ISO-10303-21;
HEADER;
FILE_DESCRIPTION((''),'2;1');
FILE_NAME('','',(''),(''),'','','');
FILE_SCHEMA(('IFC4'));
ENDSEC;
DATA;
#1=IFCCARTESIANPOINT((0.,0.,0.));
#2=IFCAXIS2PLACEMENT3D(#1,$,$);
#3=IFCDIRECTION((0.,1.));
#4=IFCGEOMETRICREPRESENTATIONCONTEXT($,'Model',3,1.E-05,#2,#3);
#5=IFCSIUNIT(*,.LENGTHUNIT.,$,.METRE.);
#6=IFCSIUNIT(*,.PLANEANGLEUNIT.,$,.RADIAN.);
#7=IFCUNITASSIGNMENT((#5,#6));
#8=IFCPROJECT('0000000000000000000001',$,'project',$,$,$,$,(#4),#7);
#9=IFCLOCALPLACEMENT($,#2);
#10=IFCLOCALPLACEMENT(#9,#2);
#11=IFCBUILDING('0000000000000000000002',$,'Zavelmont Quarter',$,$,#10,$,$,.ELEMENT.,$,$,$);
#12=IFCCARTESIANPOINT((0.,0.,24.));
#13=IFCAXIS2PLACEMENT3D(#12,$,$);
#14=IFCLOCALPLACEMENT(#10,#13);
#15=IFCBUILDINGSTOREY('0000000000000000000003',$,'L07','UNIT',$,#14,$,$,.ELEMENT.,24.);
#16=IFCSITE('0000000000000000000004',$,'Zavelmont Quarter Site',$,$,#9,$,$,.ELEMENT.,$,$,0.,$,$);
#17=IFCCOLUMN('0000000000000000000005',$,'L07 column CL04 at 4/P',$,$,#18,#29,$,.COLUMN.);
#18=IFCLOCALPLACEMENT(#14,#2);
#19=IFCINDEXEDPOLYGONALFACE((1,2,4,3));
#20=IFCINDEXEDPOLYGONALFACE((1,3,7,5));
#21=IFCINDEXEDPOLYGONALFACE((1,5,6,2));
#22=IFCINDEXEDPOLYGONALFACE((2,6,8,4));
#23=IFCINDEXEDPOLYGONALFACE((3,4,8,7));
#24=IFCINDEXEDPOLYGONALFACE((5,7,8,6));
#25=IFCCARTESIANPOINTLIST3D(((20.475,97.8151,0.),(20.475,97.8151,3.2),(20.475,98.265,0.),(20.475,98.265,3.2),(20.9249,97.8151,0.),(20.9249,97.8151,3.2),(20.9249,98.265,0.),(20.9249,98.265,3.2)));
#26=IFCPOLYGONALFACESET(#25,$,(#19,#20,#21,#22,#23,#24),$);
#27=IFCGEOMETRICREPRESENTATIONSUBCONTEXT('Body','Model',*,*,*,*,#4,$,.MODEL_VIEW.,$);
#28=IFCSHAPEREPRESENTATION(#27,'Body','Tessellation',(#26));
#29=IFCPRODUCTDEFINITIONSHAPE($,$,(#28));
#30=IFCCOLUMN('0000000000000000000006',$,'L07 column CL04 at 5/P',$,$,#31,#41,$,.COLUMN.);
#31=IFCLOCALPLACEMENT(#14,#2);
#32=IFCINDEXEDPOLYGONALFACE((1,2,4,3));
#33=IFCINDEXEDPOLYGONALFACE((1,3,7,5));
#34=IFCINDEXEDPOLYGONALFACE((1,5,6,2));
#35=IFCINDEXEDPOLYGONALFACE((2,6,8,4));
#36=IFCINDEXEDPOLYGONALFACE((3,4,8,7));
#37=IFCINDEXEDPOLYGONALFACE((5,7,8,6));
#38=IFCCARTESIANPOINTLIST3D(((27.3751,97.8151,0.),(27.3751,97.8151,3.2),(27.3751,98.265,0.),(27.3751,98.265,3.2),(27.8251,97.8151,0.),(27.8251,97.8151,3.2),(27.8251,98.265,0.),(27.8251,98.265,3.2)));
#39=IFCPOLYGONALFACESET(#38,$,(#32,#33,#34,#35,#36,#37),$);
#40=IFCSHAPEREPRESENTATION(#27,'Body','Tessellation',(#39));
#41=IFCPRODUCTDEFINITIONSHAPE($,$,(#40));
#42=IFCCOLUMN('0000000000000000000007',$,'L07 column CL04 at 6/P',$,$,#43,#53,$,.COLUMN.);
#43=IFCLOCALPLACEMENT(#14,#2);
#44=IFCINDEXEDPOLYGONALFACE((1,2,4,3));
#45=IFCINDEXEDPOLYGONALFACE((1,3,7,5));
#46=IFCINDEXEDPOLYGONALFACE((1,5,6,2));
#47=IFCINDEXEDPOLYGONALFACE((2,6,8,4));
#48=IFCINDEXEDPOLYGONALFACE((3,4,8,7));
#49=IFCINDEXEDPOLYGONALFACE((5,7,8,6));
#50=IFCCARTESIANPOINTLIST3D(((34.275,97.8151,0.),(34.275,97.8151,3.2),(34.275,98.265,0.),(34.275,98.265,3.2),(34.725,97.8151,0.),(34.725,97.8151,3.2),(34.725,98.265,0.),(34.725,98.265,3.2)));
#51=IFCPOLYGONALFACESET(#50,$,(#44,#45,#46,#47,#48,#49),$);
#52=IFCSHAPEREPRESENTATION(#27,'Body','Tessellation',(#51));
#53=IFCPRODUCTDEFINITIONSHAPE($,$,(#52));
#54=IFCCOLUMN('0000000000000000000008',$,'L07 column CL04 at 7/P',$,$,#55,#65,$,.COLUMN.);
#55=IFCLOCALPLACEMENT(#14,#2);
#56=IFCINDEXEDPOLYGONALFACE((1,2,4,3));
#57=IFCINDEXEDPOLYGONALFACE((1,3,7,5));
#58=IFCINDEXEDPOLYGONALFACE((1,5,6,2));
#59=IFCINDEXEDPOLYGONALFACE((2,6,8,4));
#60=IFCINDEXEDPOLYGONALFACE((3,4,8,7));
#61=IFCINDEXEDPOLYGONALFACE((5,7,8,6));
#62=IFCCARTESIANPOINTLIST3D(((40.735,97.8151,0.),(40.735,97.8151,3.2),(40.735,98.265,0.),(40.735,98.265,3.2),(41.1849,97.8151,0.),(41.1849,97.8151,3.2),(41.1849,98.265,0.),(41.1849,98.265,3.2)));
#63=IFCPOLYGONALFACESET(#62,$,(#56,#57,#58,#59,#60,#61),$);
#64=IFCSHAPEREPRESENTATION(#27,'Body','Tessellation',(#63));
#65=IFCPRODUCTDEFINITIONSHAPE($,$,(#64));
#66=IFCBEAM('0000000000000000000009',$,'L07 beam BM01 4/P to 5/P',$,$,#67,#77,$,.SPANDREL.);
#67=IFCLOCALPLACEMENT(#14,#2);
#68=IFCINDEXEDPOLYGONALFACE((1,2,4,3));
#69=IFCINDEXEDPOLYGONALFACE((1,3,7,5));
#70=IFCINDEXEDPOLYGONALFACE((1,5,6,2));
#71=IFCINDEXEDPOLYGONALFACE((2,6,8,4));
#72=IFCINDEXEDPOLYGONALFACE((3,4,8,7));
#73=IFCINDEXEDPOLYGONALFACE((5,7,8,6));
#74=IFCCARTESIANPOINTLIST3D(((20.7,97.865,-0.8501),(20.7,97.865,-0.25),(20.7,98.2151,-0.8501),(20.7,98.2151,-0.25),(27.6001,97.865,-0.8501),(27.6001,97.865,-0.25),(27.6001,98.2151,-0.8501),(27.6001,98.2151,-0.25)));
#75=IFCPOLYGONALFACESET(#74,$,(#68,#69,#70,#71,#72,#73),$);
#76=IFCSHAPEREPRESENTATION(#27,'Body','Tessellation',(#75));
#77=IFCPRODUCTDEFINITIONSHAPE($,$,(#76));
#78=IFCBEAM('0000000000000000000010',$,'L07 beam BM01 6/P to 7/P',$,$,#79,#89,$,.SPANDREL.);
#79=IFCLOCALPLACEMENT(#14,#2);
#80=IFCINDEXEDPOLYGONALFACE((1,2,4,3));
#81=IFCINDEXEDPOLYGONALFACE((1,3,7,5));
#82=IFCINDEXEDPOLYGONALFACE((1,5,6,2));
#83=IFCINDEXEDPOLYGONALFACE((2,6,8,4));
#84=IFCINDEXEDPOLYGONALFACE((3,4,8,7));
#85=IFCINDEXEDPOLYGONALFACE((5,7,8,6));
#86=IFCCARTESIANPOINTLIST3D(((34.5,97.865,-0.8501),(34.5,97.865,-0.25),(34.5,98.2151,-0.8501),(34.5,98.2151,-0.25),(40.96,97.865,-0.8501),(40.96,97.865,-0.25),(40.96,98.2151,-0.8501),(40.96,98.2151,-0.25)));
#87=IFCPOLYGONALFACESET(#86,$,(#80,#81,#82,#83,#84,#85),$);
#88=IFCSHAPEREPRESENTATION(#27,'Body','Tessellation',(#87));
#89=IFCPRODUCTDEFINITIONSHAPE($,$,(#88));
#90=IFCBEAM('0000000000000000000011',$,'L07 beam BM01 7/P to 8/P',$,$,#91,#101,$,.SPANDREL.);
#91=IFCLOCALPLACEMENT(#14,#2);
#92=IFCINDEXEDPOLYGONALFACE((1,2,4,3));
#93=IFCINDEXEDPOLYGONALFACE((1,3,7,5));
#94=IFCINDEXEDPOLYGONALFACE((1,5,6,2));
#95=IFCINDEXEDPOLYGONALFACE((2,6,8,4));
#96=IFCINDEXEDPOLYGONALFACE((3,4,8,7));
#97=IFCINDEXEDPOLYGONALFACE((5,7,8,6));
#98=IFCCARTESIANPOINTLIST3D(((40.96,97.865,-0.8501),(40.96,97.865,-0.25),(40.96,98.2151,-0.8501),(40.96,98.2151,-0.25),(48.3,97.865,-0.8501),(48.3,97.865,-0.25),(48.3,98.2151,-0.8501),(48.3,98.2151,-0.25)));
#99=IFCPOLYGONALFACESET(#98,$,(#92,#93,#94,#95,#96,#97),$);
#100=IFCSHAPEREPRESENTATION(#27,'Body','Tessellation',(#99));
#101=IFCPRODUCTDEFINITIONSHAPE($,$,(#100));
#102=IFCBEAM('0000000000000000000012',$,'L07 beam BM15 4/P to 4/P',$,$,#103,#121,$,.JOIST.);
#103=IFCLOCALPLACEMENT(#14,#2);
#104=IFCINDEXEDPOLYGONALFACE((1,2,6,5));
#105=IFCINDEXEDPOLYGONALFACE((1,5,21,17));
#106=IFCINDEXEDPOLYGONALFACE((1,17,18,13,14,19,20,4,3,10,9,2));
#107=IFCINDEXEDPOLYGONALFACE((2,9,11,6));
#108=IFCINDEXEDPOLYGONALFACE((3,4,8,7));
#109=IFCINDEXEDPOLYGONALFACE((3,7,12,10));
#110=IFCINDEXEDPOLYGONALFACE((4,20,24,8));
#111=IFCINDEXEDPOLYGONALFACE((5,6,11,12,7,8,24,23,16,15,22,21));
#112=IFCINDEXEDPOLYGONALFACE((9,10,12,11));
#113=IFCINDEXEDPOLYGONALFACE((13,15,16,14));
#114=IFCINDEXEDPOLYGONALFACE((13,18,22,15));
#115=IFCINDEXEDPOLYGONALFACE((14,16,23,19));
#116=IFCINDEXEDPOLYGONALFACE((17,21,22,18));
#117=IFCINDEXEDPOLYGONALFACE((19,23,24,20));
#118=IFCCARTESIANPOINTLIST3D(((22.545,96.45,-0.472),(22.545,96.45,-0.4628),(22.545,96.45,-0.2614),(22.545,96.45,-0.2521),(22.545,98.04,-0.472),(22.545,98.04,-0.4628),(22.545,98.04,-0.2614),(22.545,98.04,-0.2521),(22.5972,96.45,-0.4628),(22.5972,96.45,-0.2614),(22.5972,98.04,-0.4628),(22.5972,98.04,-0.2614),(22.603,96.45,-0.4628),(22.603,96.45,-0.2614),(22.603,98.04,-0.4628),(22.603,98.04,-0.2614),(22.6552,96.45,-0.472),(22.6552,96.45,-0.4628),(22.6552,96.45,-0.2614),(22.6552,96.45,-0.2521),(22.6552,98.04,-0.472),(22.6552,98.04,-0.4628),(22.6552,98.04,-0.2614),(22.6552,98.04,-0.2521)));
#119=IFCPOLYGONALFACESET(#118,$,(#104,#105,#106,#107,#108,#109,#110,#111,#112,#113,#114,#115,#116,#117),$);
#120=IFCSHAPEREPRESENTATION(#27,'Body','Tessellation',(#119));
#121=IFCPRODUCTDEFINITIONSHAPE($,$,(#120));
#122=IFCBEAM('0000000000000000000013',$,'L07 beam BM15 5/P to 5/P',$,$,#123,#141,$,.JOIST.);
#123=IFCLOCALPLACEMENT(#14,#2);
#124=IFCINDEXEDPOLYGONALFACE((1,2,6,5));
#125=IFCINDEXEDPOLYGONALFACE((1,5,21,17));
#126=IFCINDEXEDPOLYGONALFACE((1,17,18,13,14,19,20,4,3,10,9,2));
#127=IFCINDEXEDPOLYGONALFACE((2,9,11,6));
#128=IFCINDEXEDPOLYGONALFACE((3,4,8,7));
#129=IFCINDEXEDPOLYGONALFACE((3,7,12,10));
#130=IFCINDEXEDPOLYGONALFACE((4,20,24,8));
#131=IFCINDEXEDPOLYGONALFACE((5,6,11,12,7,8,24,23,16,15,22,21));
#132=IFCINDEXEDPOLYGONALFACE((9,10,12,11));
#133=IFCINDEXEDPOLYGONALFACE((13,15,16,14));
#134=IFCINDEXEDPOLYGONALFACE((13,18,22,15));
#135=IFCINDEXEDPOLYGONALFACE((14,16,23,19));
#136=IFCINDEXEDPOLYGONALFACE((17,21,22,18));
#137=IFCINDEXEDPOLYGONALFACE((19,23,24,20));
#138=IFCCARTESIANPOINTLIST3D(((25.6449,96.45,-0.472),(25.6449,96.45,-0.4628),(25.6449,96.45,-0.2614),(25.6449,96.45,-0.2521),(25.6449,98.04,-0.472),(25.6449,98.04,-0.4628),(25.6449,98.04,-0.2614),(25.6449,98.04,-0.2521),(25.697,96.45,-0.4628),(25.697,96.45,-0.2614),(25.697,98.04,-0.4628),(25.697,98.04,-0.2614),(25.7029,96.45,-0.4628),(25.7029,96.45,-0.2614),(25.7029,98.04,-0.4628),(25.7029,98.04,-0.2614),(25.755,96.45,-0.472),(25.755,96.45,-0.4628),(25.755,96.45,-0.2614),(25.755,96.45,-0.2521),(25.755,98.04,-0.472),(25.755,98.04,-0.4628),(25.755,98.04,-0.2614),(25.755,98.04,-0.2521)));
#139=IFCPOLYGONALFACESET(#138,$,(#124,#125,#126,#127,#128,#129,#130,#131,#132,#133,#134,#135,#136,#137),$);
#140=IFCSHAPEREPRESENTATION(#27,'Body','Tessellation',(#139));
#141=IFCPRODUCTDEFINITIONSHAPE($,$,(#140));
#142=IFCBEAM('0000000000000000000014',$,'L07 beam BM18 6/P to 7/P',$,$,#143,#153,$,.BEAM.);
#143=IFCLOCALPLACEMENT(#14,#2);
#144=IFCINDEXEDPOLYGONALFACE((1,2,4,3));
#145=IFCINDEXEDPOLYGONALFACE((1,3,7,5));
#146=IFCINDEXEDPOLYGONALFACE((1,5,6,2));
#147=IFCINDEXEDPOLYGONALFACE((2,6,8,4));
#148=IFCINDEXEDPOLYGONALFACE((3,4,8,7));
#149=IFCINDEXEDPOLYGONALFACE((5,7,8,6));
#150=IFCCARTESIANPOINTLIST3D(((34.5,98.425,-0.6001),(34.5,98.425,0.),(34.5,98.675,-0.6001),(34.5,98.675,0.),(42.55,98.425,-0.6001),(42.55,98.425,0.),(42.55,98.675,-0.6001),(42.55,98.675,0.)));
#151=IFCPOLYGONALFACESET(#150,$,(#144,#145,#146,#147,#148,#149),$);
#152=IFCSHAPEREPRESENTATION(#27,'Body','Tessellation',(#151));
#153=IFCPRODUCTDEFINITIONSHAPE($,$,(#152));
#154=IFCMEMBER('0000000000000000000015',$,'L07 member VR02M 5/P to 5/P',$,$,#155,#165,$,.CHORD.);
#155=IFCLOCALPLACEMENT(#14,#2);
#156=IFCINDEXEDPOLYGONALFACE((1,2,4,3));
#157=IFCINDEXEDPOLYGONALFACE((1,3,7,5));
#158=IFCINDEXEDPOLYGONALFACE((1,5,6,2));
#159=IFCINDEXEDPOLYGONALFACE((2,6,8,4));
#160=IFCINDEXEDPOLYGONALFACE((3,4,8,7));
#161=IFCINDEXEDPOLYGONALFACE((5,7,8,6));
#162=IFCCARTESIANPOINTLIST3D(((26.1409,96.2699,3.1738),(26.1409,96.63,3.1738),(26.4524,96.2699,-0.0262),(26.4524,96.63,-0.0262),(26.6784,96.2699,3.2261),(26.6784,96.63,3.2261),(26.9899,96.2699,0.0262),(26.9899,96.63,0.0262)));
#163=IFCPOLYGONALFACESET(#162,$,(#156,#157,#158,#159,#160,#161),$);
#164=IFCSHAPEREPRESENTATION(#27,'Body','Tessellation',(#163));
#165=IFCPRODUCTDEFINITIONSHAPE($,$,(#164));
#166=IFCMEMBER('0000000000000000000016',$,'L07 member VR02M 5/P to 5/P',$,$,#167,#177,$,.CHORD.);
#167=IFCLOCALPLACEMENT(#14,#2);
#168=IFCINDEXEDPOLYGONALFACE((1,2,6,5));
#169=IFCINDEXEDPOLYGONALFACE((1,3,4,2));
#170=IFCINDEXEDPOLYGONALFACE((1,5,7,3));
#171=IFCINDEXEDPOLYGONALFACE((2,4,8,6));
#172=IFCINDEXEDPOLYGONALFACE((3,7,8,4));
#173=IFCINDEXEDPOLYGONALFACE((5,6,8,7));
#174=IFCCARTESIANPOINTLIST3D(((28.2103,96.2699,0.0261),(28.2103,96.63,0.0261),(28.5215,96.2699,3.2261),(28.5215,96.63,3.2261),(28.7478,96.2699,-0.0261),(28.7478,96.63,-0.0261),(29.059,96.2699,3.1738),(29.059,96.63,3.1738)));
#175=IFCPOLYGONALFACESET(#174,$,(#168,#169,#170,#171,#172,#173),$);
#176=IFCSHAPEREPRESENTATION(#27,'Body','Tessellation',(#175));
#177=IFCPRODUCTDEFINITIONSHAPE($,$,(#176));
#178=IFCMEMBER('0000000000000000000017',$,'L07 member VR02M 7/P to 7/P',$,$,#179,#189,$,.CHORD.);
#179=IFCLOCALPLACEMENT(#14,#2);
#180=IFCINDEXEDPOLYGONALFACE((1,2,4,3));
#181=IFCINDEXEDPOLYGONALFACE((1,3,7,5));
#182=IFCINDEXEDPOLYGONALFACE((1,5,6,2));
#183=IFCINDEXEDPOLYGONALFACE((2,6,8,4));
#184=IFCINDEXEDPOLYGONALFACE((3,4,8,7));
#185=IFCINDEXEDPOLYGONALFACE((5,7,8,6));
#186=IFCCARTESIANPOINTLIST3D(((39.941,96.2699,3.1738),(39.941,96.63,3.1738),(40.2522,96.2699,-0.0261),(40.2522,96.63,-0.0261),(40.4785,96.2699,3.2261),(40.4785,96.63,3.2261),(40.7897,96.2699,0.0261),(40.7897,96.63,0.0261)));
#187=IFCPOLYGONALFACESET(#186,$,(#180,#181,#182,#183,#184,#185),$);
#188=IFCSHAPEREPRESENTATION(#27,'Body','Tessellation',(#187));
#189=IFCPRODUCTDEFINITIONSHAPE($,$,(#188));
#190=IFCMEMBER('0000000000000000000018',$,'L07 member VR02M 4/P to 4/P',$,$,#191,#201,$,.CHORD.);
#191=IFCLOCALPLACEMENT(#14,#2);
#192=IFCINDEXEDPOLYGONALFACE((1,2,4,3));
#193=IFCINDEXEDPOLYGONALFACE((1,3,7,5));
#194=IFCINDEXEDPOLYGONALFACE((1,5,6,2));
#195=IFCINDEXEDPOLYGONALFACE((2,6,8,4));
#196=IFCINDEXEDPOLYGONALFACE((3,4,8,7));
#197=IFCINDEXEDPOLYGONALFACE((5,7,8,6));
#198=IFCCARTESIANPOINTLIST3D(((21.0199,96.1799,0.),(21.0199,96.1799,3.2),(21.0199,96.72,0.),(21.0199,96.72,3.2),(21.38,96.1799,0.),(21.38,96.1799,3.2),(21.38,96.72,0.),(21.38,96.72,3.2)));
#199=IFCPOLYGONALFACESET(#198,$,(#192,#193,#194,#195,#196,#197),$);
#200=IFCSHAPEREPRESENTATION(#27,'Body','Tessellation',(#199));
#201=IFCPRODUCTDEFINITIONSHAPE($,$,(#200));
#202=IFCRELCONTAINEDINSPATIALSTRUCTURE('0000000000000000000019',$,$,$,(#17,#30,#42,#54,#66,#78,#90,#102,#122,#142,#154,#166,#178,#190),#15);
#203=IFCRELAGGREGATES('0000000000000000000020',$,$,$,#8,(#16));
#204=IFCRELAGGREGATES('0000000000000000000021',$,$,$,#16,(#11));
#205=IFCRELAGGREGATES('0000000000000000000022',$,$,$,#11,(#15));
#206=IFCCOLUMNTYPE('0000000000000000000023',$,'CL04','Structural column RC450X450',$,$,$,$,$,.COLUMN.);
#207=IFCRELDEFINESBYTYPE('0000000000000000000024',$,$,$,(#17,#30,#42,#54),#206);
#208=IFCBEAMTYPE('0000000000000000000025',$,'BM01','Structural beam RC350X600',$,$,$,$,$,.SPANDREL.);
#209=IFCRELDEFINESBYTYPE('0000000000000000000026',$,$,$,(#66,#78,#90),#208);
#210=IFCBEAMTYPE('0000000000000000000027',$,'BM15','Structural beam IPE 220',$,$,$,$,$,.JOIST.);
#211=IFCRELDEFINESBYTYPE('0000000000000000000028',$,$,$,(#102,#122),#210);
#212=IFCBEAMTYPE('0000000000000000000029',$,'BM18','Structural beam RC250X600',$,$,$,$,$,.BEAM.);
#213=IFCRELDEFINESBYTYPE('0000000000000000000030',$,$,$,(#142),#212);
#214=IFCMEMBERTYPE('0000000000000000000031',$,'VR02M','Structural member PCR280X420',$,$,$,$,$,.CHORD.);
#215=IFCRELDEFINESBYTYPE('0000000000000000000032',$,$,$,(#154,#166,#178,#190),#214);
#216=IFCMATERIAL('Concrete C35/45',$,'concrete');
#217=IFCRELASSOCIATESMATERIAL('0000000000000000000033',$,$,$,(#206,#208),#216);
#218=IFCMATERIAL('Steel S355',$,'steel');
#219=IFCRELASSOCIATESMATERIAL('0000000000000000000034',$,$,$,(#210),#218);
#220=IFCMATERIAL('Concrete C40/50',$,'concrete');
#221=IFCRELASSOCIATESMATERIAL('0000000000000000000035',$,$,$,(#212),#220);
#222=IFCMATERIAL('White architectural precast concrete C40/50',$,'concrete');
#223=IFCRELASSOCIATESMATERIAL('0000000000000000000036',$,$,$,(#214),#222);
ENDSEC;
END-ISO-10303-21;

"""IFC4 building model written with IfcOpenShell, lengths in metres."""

from ifc_helpers import new_model, si_unit, direction, frame, origin, origin_2d, place, context, subcontext, project, spatial, rectangle, i_section, extrude, material, material_profile, profile_set, type_object, element, save


model = new_model("IFC4")

# Units and contexts
model_context = context("Model", 3, precision=1e-05, world=origin(), true_north=direction((0.0, 1.0)))
body_context = subcontext(model_context, "Body", "Model", "MODEL_VIEW")
ifc_project = project(units=[si_unit("LENGTHUNIT", "METRE"), si_unit("PLANEANGLEUNIT", "RADIAN")], contexts=[model_context])

# Site, building, storey
site_placement = place(None, origin())
site = spatial("IfcSite", under=ifc_project, at=site_placement, Name="Zavelmont Quarter Site", CompositionType="ELEMENT", RefElevation=0.0)
building_placement = place(site_placement, origin())
building = spatial("IfcBuilding", under=site, at=building_placement, Name="Zavelmont Quarter", CompositionType="ELEMENT")
storey_placement = place(building_placement, frame((0.0, 0.0, 24.0)))
storey = spatial("IfcBuildingStorey", under=building, at=storey_placement, Name="L07", Description="UNIT", CompositionType="ELEMENT", Elevation=24.0)

# Columns
ifc_material_1 = material(Name="Concrete C35/45", Category="concrete")
ifc_material_profile_1 = material_profile(ifc_material_1, rectangle(XDim=0.45, YDim=0.45, at=origin_2d()), Name="RC450X450")
ifc_profile_set_1 = profile_set([ifc_material_profile_1], Name="Concrete C35/45")
column_type = type_object("IfcColumnType", Name="CL04", Description="Structural column RC450X450", PredefinedType="COLUMN", material=ifc_profile_set_1)
for number, where, z_axis, x_axis, name in (
    (1, (20.7, 98.04, 0.0), (0.0, 0.0, 1.0), (1.0, 0.0, 0.0), "L07 column CL04 at 4/P"),
    (2, (27.6001, 98.04, 0.0), (0.0, 0.0, 1.0), (1.0, 0.0, 0.0), "L07 column CL04 at 5/P"),
    (3, (34.5, 98.04, 0.0), (0.0, 0.0, 1.0), (1.0, 0.0, 0.0), "L07 column CL04 at 6/P"),
    (4, (40.96, 98.04, 0.0), (0.0, 0.0, 1.0), (1.0, 0.0, 0.0), "L07 column CL04 at 7/P"),
):
    element("IfcColumn", number, at=place(storey_placement, frame(where, z_axis=z_axis, x_axis=x_axis)), inside=storey, type_object=column_type, Name=name, PredefinedType="COLUMN", context=body_context, shape_type="SweptSolid", body=[
        extrude(rectangle(XDim=0.45, YDim=0.45, at=origin_2d()), origin(), (0.0, 0.0, 1.0), 3.2),
    ])

# Beams
ifc_material_profile_2 = material_profile(ifc_material_1, rectangle(XDim=0.3501, YDim=0.6001, at=origin_2d()), Name="RC350X600")
ifc_profile_set_2 = profile_set([ifc_material_profile_2], Name="Concrete C35/45")
beam_type_1 = type_object("IfcBeamType", Name="BM01", Description="Structural beam RC350X600", PredefinedType="SPANDREL", material=ifc_profile_set_2)
beam_1_placement = place(storey_placement, frame((20.7, 98.04, -0.55), z_axis=(1.0, 0.0, 0.0), x_axis=(0.0, 1.0, 0.0)))
element("IfcBeam", 5, at=beam_1_placement, inside=storey, type_object=beam_type_1, Name="L07 beam BM01 4/P to 5/P", PredefinedType="SPANDREL", context=body_context, shape_type="SweptSolid", body=[
    extrude(rectangle(XDim=0.3501, YDim=0.6001, at=origin_2d()), origin(), (0.0, 0.0, 1.0), 6.9001),
])
beam_2_placement = place(storey_placement, frame((34.5, 98.04, -0.55), z_axis=(1.0, 0.0, 0.0), x_axis=(0.0, 1.0, 0.0)))
element("IfcBeam", 6, at=beam_2_placement, inside=storey, type_object=beam_type_1, Name="L07 beam BM01 6/P to 7/P", PredefinedType="SPANDREL", context=body_context, shape_type="SweptSolid", body=[
    extrude(rectangle(XDim=0.3501, YDim=0.6001, at=origin_2d()), origin(), (0.0, 0.0, 1.0), 6.46),
])
beam_3_placement = place(storey_placement, frame((40.96, 98.04, -0.55), z_axis=(1.0, 0.0, 0.0), x_axis=(0.0, 1.0, 0.0)))
element("IfcBeam", 7, at=beam_3_placement, inside=storey, type_object=beam_type_1, Name="L07 beam BM01 7/P to 8/P", PredefinedType="SPANDREL", context=body_context, shape_type="SweptSolid", body=[
    extrude(rectangle(XDim=0.3501, YDim=0.6001, at=origin_2d()), origin(), (0.0, 0.0, 1.0), 7.3401),
])
ifc_material_2 = material(Name="Steel S355", Category="steel")
ifc_material_profile_3 = material_profile(ifc_material_2, i_section(OverallWidth=0.1101, OverallDepth=0.22, WebThickness=0.0059, FlangeThickness=0.0093, at=origin_2d()), Name="IPE 220")
ifc_profile_set_3 = profile_set([ifc_material_profile_3], Name="Steel S355")
beam_type_2 = type_object("IfcBeamType", Name="BM15", Description="Structural beam IPE 220", PredefinedType="JOIST", material=ifc_profile_set_3)
for number, where, z_axis, x_axis, name in (
    (8, (22.6001, 98.04, -0.3621), (0.0, -1.0, 0.0), (1.0, 0.0, 0.0), "L07 beam BM15 4/P to 4/P"),
    (9, (25.7, 98.04, -0.3621), (0.0, -1.0, 0.0), (1.0, 0.0, 0.0), "L07 beam BM15 5/P to 5/P"),
):
    element("IfcBeam", number, at=place(storey_placement, frame(where, z_axis=z_axis, x_axis=x_axis)), inside=storey, type_object=beam_type_2, Name=name, PredefinedType="JOIST", context=body_context, shape_type="SweptSolid", body=[
        extrude(i_section(OverallWidth=0.1101, OverallDepth=0.22, WebThickness=0.0059, FlangeThickness=0.0093, at=origin_2d()), origin(), (0.0, 0.0, 1.0), 1.5901),
    ])
ifc_material_3 = material(Name="Concrete C40/50", Category="concrete")
ifc_material_profile_4 = material_profile(ifc_material_3, rectangle(XDim=0.25, YDim=0.6001, at=origin_2d()), Name="RC250X600")
ifc_profile_set_4 = profile_set([ifc_material_profile_4], Name="Concrete C40/50")
beam_type_3 = type_object("IfcBeamType", Name="BM18", Description="Structural beam RC250X600", PredefinedType="BEAM", material=ifc_profile_set_4)
beam_4_placement = place(storey_placement, frame((34.5, 98.55, -0.3), z_axis=(1.0, 0.0, 0.0), x_axis=(0.0, 1.0, 0.0)))
element("IfcBeam", 10, at=beam_4_placement, inside=storey, type_object=beam_type_3, Name="L07 beam BM18 6/P to 7/P", PredefinedType="BEAM", context=body_context, shape_type="SweptSolid", body=[
    extrude(rectangle(XDim=0.25, YDim=0.6001, at=origin_2d()), origin(), (0.0, 0.0, 1.0), 8.05),
])

# Members
ifc_material_4 = material(Name="White architectural precast concrete C40/50", Category="concrete")
ifc_material_profile_5 = material_profile(ifc_material_4, rectangle(XDim=0.3601, YDim=0.54, at=origin_2d()), Name="PCR280X420")
ifc_profile_set_5 = profile_set([ifc_material_profile_5], Name="White architectural precast concrete C40/50")
member_type = type_object("IfcMemberType", Name="VR02M", Description="Structural member PCR280X420", PredefinedType="CHORD", material=ifc_profile_set_5)
for number, where, z_axis, x_axis, name in (
    (11, (26.7212, 96.45, 0.0), (-0.096894, 0.0, 0.995295), (0.0, -1.0, 0.0), "L07 member VR02M 5/P to 5/P"),
    (12, (28.479, 96.45, 0.0), (0.096819, 0.0, 0.995302), (0.0, 1.0, 0.0), "L07 member VR02M 5/P to 5/P"),
    (13, (40.521, 96.45, 0.0), (-0.096819, 0.0, 0.995302), (0.0, -1.0, 0.0), "L07 member VR02M 7/P to 7/P"),
):
    element("IfcMember", number, at=place(storey_placement, frame(where, z_axis=z_axis, x_axis=x_axis)), inside=storey, type_object=member_type, Name=name, PredefinedType="CHORD", context=body_context, shape_type="SweptSolid", body=[
        extrude(rectangle(XDim=0.3601, YDim=0.54, at=origin_2d()), origin(), (0.0, 0.0, 1.0), 3.2151),
    ])
for number, where, z_axis, x_axis, name in (
    (14, (21.2, 96.45, 0.0), (0.0, 0.0, 1.0), (1.0, 0.0, 0.0), "L07 member VR02M 4/P to 4/P"),
):
    element("IfcMember", number, at=place(storey_placement, frame(where, z_axis=z_axis, x_axis=x_axis)), inside=storey, type_object=member_type, Name=name, PredefinedType="CHORD", context=body_context, shape_type="SweptSolid", body=[
        extrude(rectangle(XDim=0.3601, YDim=0.54, at=origin_2d()), origin(), (0.0, 0.0, 1.0), 3.2),
    ])

save(model, "model.ifc")
